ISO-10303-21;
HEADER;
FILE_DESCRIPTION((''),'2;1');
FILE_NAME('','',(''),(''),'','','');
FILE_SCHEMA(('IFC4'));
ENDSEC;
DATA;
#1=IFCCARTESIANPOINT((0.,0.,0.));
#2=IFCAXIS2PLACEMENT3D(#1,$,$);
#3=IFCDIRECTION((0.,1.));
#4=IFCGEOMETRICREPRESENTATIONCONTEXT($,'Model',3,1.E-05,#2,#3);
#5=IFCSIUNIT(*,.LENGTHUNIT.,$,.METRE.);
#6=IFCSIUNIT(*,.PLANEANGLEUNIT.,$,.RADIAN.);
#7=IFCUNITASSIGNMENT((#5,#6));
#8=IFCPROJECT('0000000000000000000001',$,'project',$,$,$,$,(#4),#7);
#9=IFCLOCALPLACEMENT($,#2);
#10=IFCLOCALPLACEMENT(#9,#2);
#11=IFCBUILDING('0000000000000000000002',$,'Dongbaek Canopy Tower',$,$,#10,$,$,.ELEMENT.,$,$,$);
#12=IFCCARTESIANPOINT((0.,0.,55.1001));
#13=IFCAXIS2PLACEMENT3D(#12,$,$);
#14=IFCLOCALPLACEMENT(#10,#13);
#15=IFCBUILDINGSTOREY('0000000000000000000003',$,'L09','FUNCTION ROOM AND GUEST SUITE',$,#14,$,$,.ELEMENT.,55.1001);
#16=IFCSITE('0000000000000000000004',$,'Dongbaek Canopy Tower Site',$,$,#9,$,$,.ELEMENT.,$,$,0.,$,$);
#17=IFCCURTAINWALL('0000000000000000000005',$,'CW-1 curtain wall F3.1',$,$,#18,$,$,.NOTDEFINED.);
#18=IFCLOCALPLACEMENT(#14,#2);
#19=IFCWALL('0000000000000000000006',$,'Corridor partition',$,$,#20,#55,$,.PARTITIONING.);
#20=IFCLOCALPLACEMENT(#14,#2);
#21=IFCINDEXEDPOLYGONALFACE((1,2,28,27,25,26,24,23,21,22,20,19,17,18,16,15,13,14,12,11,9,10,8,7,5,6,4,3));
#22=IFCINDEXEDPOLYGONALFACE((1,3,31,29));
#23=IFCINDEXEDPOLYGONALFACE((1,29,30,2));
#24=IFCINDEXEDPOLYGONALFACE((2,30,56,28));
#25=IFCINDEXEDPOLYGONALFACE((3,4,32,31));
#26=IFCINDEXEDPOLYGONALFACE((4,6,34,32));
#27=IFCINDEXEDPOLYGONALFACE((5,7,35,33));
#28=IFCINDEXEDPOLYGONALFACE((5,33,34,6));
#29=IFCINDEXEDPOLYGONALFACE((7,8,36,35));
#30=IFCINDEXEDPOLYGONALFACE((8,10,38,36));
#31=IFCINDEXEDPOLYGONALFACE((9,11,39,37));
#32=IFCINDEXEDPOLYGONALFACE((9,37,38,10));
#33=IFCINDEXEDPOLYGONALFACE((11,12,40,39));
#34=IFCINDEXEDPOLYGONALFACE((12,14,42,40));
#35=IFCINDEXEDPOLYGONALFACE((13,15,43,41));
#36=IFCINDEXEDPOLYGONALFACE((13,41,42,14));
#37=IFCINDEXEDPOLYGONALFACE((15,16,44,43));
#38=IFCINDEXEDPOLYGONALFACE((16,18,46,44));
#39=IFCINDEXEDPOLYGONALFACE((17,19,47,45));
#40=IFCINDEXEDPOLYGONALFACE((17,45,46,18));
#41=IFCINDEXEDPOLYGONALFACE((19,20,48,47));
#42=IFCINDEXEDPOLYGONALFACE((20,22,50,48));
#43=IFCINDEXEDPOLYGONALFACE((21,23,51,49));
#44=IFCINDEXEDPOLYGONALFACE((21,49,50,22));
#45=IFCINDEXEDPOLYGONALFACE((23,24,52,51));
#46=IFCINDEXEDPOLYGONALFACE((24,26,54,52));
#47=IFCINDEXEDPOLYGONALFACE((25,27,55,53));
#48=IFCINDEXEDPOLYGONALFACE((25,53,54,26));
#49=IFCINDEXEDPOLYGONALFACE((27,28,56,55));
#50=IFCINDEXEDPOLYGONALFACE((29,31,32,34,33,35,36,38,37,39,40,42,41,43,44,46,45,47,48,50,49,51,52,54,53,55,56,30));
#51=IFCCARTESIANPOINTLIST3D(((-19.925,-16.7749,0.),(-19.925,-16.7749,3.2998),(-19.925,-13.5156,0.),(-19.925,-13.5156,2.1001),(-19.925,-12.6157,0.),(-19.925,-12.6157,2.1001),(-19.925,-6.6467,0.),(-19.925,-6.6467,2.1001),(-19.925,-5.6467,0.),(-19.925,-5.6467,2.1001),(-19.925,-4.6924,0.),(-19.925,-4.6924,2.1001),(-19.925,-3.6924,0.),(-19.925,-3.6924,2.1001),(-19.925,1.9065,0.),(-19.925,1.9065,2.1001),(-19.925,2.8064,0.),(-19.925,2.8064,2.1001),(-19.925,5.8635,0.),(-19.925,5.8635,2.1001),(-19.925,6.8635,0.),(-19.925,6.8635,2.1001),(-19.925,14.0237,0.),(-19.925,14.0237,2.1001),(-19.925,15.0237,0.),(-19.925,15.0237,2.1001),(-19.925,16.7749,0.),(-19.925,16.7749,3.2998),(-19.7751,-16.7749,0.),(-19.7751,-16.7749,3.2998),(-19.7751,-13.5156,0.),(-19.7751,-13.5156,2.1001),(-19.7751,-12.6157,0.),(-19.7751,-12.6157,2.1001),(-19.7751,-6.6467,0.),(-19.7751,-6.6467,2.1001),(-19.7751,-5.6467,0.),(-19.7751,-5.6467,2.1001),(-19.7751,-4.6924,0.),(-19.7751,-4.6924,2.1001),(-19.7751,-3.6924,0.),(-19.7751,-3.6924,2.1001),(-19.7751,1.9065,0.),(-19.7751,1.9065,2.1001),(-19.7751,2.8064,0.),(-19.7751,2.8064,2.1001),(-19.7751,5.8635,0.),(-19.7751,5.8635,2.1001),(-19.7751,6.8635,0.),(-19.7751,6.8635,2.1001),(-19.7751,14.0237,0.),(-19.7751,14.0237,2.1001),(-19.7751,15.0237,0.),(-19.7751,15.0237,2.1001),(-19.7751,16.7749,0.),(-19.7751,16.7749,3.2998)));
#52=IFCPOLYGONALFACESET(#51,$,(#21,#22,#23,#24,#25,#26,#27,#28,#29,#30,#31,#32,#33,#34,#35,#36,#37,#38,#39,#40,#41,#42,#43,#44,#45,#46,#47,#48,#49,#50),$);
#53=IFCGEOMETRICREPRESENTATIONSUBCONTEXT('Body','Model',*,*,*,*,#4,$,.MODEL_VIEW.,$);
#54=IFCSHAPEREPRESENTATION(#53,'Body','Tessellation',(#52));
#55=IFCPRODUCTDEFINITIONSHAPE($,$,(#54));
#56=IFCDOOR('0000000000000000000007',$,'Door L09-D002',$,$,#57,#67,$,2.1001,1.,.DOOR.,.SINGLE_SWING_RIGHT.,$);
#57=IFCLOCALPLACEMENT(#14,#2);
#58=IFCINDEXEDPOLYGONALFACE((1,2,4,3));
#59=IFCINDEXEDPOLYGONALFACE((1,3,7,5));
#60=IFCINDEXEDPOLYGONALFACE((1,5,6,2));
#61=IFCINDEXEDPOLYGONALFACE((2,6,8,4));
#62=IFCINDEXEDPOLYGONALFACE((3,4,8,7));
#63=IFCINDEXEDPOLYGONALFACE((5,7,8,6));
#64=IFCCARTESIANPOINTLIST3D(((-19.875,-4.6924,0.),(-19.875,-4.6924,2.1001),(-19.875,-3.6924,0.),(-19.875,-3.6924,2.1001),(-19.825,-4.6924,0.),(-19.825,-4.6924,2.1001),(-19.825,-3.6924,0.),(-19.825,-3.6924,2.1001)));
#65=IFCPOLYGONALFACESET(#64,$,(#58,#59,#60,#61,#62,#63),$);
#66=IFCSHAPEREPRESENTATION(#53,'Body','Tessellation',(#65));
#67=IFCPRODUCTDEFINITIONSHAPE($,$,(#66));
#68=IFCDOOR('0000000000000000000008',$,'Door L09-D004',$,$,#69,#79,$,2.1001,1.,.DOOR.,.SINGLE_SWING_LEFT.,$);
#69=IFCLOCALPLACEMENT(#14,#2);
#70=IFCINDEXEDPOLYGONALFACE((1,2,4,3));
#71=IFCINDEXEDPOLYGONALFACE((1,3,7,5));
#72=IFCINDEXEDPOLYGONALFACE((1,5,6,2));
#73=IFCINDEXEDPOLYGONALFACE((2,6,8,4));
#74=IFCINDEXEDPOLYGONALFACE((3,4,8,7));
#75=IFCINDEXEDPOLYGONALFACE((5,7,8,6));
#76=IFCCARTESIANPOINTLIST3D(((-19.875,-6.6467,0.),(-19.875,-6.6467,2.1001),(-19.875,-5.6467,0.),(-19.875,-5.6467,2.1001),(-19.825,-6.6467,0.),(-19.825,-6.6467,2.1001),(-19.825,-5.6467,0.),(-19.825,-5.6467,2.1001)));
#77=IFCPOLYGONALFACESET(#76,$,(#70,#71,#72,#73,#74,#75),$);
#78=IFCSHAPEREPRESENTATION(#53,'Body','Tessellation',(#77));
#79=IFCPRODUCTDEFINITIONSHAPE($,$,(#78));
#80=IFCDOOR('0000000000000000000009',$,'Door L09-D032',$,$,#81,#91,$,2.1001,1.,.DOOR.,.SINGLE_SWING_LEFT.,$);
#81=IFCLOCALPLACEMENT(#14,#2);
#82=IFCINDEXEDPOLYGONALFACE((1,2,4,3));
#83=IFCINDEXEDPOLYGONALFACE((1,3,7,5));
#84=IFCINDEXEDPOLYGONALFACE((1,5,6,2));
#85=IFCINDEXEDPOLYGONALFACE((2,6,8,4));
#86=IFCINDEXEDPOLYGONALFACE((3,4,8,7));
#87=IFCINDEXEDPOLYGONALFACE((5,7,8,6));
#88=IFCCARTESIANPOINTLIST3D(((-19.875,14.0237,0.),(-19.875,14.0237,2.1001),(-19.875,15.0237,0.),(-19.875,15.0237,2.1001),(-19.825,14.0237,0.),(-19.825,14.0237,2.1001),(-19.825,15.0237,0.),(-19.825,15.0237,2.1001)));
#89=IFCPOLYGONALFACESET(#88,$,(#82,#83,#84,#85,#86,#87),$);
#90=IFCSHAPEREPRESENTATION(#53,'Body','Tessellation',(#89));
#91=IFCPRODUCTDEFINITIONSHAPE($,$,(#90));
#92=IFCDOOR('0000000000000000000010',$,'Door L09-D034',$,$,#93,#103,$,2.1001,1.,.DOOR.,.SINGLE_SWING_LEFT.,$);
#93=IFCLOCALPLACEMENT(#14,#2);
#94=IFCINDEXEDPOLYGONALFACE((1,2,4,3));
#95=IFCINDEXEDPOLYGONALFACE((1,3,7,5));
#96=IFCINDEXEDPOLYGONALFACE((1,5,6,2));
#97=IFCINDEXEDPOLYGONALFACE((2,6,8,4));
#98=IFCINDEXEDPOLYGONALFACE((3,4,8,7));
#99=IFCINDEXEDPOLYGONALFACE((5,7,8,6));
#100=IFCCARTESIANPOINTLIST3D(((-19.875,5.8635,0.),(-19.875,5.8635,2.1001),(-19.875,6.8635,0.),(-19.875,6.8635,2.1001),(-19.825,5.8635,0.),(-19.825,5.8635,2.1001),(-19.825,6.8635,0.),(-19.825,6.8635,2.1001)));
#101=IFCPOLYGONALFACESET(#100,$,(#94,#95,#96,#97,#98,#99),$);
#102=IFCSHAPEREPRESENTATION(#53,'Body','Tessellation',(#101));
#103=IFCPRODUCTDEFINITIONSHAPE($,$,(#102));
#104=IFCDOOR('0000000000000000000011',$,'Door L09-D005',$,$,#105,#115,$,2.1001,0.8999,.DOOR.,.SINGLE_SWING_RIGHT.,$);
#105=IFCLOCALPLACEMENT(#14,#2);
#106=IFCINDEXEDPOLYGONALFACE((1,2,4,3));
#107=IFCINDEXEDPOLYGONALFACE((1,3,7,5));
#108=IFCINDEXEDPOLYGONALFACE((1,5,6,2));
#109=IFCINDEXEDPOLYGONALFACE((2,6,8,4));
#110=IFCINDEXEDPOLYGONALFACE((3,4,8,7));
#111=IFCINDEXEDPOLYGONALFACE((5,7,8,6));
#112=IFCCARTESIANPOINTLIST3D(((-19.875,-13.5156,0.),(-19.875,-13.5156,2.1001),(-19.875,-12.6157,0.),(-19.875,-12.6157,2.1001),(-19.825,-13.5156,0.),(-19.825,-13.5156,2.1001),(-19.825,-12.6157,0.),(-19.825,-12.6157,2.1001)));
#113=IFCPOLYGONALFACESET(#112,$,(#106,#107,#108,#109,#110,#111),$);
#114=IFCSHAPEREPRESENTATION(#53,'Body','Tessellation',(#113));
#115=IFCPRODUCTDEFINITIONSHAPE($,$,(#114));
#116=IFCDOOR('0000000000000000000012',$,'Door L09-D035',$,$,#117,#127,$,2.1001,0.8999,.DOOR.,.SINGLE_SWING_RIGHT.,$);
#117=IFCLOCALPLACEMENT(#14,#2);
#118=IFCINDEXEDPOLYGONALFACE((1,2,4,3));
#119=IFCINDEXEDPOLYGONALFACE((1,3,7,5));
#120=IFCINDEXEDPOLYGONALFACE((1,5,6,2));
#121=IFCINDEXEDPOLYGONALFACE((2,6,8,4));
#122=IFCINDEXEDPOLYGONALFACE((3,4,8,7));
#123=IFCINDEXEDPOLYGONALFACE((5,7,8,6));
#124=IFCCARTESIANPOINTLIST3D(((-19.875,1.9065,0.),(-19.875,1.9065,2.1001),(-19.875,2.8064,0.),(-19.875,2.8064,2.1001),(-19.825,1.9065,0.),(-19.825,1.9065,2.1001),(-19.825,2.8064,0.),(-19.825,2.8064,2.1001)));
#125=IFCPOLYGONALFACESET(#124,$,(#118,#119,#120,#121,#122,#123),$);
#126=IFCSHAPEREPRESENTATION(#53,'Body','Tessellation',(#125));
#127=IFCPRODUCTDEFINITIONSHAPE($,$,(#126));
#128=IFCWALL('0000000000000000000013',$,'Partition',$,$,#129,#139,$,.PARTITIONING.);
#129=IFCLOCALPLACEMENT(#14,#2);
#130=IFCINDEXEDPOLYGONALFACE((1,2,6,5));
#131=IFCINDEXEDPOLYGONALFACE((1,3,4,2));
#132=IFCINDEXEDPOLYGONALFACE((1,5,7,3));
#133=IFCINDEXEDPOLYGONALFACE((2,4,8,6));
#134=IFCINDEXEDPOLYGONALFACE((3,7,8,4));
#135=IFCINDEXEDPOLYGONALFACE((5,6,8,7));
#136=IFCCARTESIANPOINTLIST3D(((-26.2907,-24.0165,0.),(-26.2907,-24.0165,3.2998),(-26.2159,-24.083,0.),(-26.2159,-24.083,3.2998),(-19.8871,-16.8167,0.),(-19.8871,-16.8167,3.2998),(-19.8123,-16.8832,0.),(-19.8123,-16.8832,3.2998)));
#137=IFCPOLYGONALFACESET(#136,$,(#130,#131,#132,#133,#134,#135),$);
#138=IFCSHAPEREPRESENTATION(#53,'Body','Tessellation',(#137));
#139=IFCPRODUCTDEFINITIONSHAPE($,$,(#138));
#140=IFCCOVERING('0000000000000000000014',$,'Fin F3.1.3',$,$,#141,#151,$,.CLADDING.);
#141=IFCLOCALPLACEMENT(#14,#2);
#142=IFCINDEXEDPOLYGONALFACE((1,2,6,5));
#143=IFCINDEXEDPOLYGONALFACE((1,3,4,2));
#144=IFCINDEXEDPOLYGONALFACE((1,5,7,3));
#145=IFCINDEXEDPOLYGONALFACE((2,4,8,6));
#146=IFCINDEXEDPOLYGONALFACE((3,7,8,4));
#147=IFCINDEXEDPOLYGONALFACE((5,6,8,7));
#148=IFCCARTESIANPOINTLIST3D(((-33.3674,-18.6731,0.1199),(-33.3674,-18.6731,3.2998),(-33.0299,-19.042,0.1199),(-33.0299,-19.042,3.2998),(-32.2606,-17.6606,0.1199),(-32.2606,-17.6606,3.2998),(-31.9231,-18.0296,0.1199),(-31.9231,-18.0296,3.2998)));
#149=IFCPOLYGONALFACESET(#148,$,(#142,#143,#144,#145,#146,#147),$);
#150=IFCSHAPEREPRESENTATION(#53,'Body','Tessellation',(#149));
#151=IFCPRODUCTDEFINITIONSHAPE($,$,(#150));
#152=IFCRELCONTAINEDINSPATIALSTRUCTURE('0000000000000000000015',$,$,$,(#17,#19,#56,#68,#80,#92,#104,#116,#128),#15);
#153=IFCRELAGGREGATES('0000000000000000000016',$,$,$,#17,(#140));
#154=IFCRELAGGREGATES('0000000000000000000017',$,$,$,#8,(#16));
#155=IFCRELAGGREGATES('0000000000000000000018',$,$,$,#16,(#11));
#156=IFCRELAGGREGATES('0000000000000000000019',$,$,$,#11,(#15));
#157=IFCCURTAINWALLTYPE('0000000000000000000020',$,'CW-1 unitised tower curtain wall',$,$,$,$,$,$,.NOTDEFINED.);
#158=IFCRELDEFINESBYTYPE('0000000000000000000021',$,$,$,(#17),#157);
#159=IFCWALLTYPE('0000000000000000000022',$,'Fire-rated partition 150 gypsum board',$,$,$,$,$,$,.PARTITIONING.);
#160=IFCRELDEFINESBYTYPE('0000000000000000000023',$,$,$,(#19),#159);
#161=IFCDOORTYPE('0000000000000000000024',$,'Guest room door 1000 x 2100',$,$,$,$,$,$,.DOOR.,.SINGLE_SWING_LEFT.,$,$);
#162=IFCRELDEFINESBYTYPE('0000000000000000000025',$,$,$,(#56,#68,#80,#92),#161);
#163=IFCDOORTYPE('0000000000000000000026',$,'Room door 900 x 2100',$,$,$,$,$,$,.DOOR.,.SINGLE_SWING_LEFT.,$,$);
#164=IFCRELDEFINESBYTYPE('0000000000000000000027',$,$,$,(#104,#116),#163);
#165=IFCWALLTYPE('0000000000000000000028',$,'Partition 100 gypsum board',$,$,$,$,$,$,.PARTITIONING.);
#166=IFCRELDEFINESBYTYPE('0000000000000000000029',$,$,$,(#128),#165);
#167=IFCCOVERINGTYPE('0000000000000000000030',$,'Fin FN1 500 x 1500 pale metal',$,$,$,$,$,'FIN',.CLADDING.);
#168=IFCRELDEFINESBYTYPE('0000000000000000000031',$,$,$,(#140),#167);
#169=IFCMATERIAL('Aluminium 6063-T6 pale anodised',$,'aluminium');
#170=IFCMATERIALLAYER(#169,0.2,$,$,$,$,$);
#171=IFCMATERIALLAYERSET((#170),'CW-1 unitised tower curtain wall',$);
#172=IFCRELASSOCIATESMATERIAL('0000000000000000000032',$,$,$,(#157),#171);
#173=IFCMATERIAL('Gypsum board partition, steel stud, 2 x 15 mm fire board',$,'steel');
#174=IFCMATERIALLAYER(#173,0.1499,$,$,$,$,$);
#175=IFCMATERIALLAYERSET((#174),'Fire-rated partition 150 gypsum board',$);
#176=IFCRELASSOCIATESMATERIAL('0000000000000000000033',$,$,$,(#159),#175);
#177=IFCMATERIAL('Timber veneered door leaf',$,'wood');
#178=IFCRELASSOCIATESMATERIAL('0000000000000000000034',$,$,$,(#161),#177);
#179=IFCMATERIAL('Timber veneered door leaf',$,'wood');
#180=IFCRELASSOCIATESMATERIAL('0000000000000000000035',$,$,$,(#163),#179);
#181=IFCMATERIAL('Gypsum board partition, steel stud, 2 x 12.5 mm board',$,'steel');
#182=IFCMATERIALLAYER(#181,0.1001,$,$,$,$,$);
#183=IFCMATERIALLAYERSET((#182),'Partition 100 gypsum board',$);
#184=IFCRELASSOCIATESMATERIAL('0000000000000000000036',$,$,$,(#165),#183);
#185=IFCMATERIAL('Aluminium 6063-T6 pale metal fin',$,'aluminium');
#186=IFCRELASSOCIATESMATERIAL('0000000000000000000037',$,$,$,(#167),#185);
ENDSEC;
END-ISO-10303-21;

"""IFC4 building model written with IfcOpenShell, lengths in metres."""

from ifc_helpers import new_model, si_unit, direction, frame, frame_2d, origin, origin_2d, place, context, subcontext, project, spatial, rectangle, extrude, material, layer, layer_set, material_profile, profile_set, type_object, element, fill, aggregate, save


model = new_model("IFC4")

# Units and contexts
model_context = context("Model", 3, precision=1e-05, world=origin(), true_north=direction((0.0, 1.0)))
body_context = subcontext(model_context, "Body", "Model", "MODEL_VIEW")
ifc_project = project(units=[si_unit("LENGTHUNIT", "METRE"), si_unit("PLANEANGLEUNIT", "RADIAN")], contexts=[model_context])

# Site, building, storey
site_placement = place(None, origin())
site = spatial("IfcSite", under=ifc_project, at=site_placement, Name="Dongbaek Canopy Tower Site", CompositionType="ELEMENT", RefElevation=0.0)
building_placement = place(site_placement, origin())
building = spatial("IfcBuilding", under=site, at=building_placement, Name="Dongbaek Canopy Tower", CompositionType="ELEMENT")
storey_placement = place(building_placement, frame((0.0, 0.0, 55.1001)))
storey = spatial("IfcBuildingStorey", under=building, at=storey_placement, Name="L09", Description="FUNCTION ROOM AND GUEST SUITE", CompositionType="ELEMENT", Elevation=55.1001)

# Curtain wall
ifc_material_1 = material(Name="Aluminium 6063-T6 pale anodised", Category="aluminium")
ifc_layer_1 = layer(ifc_material_1, 0.2)
ifc_layer_set_1 = layer_set([ifc_layer_1], Name="CW-1 unitised tower curtain wall")
curtain_wall_type = type_object("IfcCurtainWallType", Name="CW-1 unitised tower curtain wall", PredefinedType="NOTDEFINED", material=ifc_layer_set_1)
curtain_wall_placement = place(storey_placement, origin())
curtain_wall = element("IfcCurtainWall", 1, at=curtain_wall_placement, inside=storey, type_object=curtain_wall_type, Name="CW-1 curtain wall F3.1", PredefinedType="NOTDEFINED")

# Wall, openings, doors
ifc_material_2 = material(Name="Gypsum board partition, steel stud, 2 x 15 mm fire board", Category="steel")
ifc_layer_2 = layer(ifc_material_2, 0.1499)
ifc_layer_set_2 = layer_set([ifc_layer_2], Name="Fire-rated partition 150 gypsum board")
wall_type_1 = type_object("IfcWallType", Name="Fire-rated partition 150 gypsum board", PredefinedType="PARTITIONING", material=ifc_layer_set_2)
wall_1_placement = place(storey_placement, frame((-19.8501, -16.7749, 0.0), z_axis=(0.0, 0.0, 1.0), x_axis=(0.0, 1.0, 0.0)))
wall_1 = element("IfcWall", 2, at=wall_1_placement, inside=storey, type_object=wall_type_1, Name="Corridor partition", PredefinedType="PARTITIONING", context=body_context, shape_type="SweptSolid", body=[
    extrude(rectangle(XDim=33.5498, YDim=0.1499, at=frame_2d((16.7749, 0.0))), origin(), (0.0, 0.0, 1.0), 3.2998),
])
opening_1_placement = place(wall_1_placement, frame((12.0825, 0.0, 0.0)))
opening_1 = element("IfcOpeningElement", 3, at=opening_1_placement, cuts=wall_1, PredefinedType="OPENING", context=body_context, shape_type="SweptSolid", body=[
    extrude(rectangle(XDim=1.0, YDim=2.1001, at=frame_2d((0.5, 1.05))), frame((0.0, 0.085, 0.0), z_axis=(0.0, -1.0, 0.0), x_axis=(1.0, 0.0, 0.0)), (0.0, 0.0, 1.0), 0.1699),
])
opening_2_placement = place(wall_1_placement, frame((10.1282, 0.0, 0.0)))
opening_2 = element("IfcOpeningElement", 4, at=opening_2_placement, cuts=wall_1, PredefinedType="OPENING", context=body_context, shape_type="SweptSolid", body=[
    extrude(rectangle(XDim=1.0, YDim=2.1001, at=frame_2d((0.5, 1.05))), frame((0.0, 0.085, 0.0), z_axis=(0.0, -1.0, 0.0), x_axis=(1.0, 0.0, 0.0)), (0.0, 0.0, 1.0), 0.1699),
])
opening_3_placement = place(wall_1_placement, frame((3.2593, 0.0, 0.0)))
opening_3 = element("IfcOpeningElement", 5, at=opening_3_placement, cuts=wall_1, PredefinedType="OPENING", context=body_context, shape_type="SweptSolid", body=[
    extrude(rectangle(XDim=0.8999, YDim=2.1001, at=frame_2d((0.45, 1.05))), frame((0.0, 0.085, 0.0), z_axis=(0.0, -1.0, 0.0), x_axis=(1.0, 0.0, 0.0)), (0.0, 0.0, 1.0), 0.1699),
])
opening_4_placement = place(wall_1_placement, frame((30.7986, 0.0, 0.0)))
opening_4 = element("IfcOpeningElement", 6, at=opening_4_placement, cuts=wall_1, PredefinedType="OPENING", context=body_context, shape_type="SweptSolid", body=[
    extrude(rectangle(XDim=1.0, YDim=2.1001, at=frame_2d((0.5, 1.05))), frame((0.0, 0.085, 0.0), z_axis=(0.0, -1.0, 0.0), x_axis=(1.0, 0.0, 0.0)), (0.0, 0.0, 1.0), 0.1699),
])
opening_5_placement = place(wall_1_placement, frame((22.6384, 0.0, 0.0)))
opening_5 = element("IfcOpeningElement", 7, at=opening_5_placement, cuts=wall_1, PredefinedType="OPENING", context=body_context, shape_type="SweptSolid", body=[
    extrude(rectangle(XDim=1.0, YDim=2.1001, at=frame_2d((0.5, 1.05))), frame((0.0, 0.085, 0.0), z_axis=(0.0, -1.0, 0.0), x_axis=(1.0, 0.0, 0.0)), (0.0, 0.0, 1.0), 0.1699),
])
opening_6_placement = place(wall_1_placement, frame((18.6814, 0.0, 0.0)))
opening_6 = element("IfcOpeningElement", 8, at=opening_6_placement, cuts=wall_1, PredefinedType="OPENING", context=body_context, shape_type="SweptSolid", body=[
    extrude(rectangle(XDim=0.8999, YDim=2.1001, at=frame_2d((0.45, 1.05))), frame((0.0, 0.085, 0.0), z_axis=(0.0, -1.0, 0.0), x_axis=(1.0, 0.0, 0.0)), (0.0, 0.0, 1.0), 0.1699),
])
ifc_material_3 = material(Name="Timber veneered door leaf", Category="wood")
door_type_1 = type_object("IfcDoorType", Name="Guest room door 1000 x 2100", OperationType="SINGLE_SWING_LEFT", PredefinedType="DOOR", material=ifc_material_3)
door_1_placement = place(opening_1_placement, origin())
door_1 = element("IfcDoor", 9, at=door_1_placement, inside=storey, type_object=door_type_1, Name="Door L09-D002", OperationType="SINGLE_SWING_RIGHT", OverallHeight=2.1001, OverallWidth=1.0, PredefinedType="DOOR", context=body_context, shape_type="SweptSolid", body=[
    extrude(rectangle(XDim=1.0, YDim=2.1001, at=frame_2d((0.5, 1.05))), frame((0.0, 0.0249, 0.0), z_axis=(0.0, -1.0, 0.0), x_axis=(1.0, 0.0, 0.0)), (0.0, 0.0, 1.0), 0.05),
])
fill(opening_1, door_1)
door_2_placement = place(opening_2_placement, origin())
door_2 = element("IfcDoor", 10, at=door_2_placement, inside=storey, type_object=door_type_1, Name="Door L09-D004", OperationType="SINGLE_SWING_LEFT", OverallHeight=2.1001, OverallWidth=1.0, PredefinedType="DOOR", context=body_context, shape_type="SweptSolid", body=[
    extrude(rectangle(XDim=1.0, YDim=2.1001, at=frame_2d((0.5, 1.05))), frame((0.0, 0.0249, 0.0), z_axis=(0.0, -1.0, 0.0), x_axis=(1.0, 0.0, 0.0)), (0.0, 0.0, 1.0), 0.05),
])
fill(opening_2, door_2)
door_3_placement = place(opening_4_placement, origin())
door_3 = element("IfcDoor", 11, at=door_3_placement, inside=storey, type_object=door_type_1, Name="Door L09-D032", OperationType="SINGLE_SWING_LEFT", OverallHeight=2.1001, OverallWidth=1.0, PredefinedType="DOOR", context=body_context, shape_type="SweptSolid", body=[
    extrude(rectangle(XDim=1.0, YDim=2.1001, at=frame_2d((0.5, 1.05))), frame((0.0, 0.0249, 0.0), z_axis=(0.0, -1.0, 0.0), x_axis=(1.0, 0.0, 0.0)), (0.0, 0.0, 1.0), 0.05),
])
fill(opening_4, door_3)
door_4_placement = place(opening_5_placement, origin())
door_4 = element("IfcDoor", 12, at=door_4_placement, inside=storey, type_object=door_type_1, Name="Door L09-D034", OperationType="SINGLE_SWING_LEFT", OverallHeight=2.1001, OverallWidth=1.0, PredefinedType="DOOR", context=body_context, shape_type="SweptSolid", body=[
    extrude(rectangle(XDim=1.0, YDim=2.1001, at=frame_2d((0.5, 1.05))), frame((0.0, 0.0249, 0.0), z_axis=(0.0, -1.0, 0.0), x_axis=(1.0, 0.0, 0.0)), (0.0, 0.0, 1.0), 0.05),
])
fill(opening_5, door_4)
ifc_material_4 = material(Name="Timber veneered door leaf", Category="wood")
door_type_2 = type_object("IfcDoorType", Name="Room door 900 x 2100", OperationType="SINGLE_SWING_LEFT", PredefinedType="DOOR", material=ifc_material_4)
door_5_placement = place(opening_3_placement, origin())
door_5 = element("IfcDoor", 13, at=door_5_placement, inside=storey, type_object=door_type_2, Name="Door L09-D005", OperationType="SINGLE_SWING_RIGHT", OverallHeight=2.1001, OverallWidth=0.8999, PredefinedType="DOOR", context=body_context, shape_type="SweptSolid", body=[
    extrude(rectangle(XDim=0.8999, YDim=2.1001, at=frame_2d((0.45, 1.05))), frame((0.0, 0.0249, 0.0), z_axis=(0.0, -1.0, 0.0), x_axis=(1.0, 0.0, 0.0)), (0.0, 0.0, 1.0), 0.05),
])
fill(opening_3, door_5)
door_6_placement = place(opening_6_placement, origin())
door_6 = element("IfcDoor", 14, at=door_6_placement, inside=storey, type_object=door_type_2, Name="Door L09-D035", OperationType="SINGLE_SWING_RIGHT", OverallHeight=2.1001, OverallWidth=0.8999, PredefinedType="DOOR", context=body_context, shape_type="SweptSolid", body=[
    extrude(rectangle(XDim=0.8999, YDim=2.1001, at=frame_2d((0.45, 1.05))), frame((0.0, 0.0249, 0.0), z_axis=(0.0, -1.0, 0.0), x_axis=(1.0, 0.0, 0.0)), (0.0, 0.0, 1.0), 0.05),
])
fill(opening_6, door_6)

# Wall
ifc_material_5 = material(Name="Gypsum board partition, steel stud, 2 x 12.5 mm board", Category="steel")
ifc_layer_3 = layer(ifc_material_5, 0.1001)
ifc_layer_set_3 = layer_set([ifc_layer_3], Name="Partition 100 gypsum board")
wall_type_2 = type_object("IfcWallType", Name="Partition 100 gypsum board", PredefinedType="PARTITIONING", material=ifc_layer_set_3)
wall_2_placement = place(storey_placement, frame((-26.2534, -24.0498, 0.0), z_axis=(0.0, 0.0, 1.0), x_axis=(0.664586, 0.747212, 0.0)))
element("IfcWall", 15, at=wall_2_placement, inside=storey, type_object=wall_type_2, Name="Partition", PredefinedType="PARTITIONING", context=body_context, shape_type="SweptSolid", body=[
    extrude(rectangle(XDim=9.6355, YDim=0.1001, at=frame_2d((4.8179, 0.0))), origin(), (0.0, 0.0, 1.0), 3.2998),
])

# Covering
ifc_material_6 = material(Name="Aluminium 6063-T6 pale metal fin", Category="aluminium")
ifc_material_profile_1 = material_profile(ifc_material_6, rectangle(XDim=1.5, YDim=0.5, at=origin_2d()), Name="Fin FN1 500 x 1500 pale metal")
ifc_profile_set_1 = profile_set([ifc_material_profile_1], Name="Aluminium 6063-T6 pale metal fin")
covering_type = type_object("IfcCoveringType", Name="Fin FN1 500 x 1500 pale metal", ElementType="FIN", PredefinedType="CLADDING", material=ifc_profile_set_1)
covering_placement = place(storey_placement, frame((-32.6453, -18.3513, 0.1199), z_axis=(0.0, 0.0, 1.0), x_axis=(-0.737855, -0.674959, 0.0)))
covering = element("IfcCovering", 16, at=covering_placement, type_object=covering_type, Name="Fin F3.1.3", PredefinedType="CLADDING", context=body_context, shape_type="SweptSolid", body=[
    extrude(rectangle(XDim=1.5, YDim=0.5, at=origin_2d()), origin(), (0.0, 0.0, 1.0), 3.1799),
])
aggregate(curtain_wall, [covering])

save(model, "model.ifc")
